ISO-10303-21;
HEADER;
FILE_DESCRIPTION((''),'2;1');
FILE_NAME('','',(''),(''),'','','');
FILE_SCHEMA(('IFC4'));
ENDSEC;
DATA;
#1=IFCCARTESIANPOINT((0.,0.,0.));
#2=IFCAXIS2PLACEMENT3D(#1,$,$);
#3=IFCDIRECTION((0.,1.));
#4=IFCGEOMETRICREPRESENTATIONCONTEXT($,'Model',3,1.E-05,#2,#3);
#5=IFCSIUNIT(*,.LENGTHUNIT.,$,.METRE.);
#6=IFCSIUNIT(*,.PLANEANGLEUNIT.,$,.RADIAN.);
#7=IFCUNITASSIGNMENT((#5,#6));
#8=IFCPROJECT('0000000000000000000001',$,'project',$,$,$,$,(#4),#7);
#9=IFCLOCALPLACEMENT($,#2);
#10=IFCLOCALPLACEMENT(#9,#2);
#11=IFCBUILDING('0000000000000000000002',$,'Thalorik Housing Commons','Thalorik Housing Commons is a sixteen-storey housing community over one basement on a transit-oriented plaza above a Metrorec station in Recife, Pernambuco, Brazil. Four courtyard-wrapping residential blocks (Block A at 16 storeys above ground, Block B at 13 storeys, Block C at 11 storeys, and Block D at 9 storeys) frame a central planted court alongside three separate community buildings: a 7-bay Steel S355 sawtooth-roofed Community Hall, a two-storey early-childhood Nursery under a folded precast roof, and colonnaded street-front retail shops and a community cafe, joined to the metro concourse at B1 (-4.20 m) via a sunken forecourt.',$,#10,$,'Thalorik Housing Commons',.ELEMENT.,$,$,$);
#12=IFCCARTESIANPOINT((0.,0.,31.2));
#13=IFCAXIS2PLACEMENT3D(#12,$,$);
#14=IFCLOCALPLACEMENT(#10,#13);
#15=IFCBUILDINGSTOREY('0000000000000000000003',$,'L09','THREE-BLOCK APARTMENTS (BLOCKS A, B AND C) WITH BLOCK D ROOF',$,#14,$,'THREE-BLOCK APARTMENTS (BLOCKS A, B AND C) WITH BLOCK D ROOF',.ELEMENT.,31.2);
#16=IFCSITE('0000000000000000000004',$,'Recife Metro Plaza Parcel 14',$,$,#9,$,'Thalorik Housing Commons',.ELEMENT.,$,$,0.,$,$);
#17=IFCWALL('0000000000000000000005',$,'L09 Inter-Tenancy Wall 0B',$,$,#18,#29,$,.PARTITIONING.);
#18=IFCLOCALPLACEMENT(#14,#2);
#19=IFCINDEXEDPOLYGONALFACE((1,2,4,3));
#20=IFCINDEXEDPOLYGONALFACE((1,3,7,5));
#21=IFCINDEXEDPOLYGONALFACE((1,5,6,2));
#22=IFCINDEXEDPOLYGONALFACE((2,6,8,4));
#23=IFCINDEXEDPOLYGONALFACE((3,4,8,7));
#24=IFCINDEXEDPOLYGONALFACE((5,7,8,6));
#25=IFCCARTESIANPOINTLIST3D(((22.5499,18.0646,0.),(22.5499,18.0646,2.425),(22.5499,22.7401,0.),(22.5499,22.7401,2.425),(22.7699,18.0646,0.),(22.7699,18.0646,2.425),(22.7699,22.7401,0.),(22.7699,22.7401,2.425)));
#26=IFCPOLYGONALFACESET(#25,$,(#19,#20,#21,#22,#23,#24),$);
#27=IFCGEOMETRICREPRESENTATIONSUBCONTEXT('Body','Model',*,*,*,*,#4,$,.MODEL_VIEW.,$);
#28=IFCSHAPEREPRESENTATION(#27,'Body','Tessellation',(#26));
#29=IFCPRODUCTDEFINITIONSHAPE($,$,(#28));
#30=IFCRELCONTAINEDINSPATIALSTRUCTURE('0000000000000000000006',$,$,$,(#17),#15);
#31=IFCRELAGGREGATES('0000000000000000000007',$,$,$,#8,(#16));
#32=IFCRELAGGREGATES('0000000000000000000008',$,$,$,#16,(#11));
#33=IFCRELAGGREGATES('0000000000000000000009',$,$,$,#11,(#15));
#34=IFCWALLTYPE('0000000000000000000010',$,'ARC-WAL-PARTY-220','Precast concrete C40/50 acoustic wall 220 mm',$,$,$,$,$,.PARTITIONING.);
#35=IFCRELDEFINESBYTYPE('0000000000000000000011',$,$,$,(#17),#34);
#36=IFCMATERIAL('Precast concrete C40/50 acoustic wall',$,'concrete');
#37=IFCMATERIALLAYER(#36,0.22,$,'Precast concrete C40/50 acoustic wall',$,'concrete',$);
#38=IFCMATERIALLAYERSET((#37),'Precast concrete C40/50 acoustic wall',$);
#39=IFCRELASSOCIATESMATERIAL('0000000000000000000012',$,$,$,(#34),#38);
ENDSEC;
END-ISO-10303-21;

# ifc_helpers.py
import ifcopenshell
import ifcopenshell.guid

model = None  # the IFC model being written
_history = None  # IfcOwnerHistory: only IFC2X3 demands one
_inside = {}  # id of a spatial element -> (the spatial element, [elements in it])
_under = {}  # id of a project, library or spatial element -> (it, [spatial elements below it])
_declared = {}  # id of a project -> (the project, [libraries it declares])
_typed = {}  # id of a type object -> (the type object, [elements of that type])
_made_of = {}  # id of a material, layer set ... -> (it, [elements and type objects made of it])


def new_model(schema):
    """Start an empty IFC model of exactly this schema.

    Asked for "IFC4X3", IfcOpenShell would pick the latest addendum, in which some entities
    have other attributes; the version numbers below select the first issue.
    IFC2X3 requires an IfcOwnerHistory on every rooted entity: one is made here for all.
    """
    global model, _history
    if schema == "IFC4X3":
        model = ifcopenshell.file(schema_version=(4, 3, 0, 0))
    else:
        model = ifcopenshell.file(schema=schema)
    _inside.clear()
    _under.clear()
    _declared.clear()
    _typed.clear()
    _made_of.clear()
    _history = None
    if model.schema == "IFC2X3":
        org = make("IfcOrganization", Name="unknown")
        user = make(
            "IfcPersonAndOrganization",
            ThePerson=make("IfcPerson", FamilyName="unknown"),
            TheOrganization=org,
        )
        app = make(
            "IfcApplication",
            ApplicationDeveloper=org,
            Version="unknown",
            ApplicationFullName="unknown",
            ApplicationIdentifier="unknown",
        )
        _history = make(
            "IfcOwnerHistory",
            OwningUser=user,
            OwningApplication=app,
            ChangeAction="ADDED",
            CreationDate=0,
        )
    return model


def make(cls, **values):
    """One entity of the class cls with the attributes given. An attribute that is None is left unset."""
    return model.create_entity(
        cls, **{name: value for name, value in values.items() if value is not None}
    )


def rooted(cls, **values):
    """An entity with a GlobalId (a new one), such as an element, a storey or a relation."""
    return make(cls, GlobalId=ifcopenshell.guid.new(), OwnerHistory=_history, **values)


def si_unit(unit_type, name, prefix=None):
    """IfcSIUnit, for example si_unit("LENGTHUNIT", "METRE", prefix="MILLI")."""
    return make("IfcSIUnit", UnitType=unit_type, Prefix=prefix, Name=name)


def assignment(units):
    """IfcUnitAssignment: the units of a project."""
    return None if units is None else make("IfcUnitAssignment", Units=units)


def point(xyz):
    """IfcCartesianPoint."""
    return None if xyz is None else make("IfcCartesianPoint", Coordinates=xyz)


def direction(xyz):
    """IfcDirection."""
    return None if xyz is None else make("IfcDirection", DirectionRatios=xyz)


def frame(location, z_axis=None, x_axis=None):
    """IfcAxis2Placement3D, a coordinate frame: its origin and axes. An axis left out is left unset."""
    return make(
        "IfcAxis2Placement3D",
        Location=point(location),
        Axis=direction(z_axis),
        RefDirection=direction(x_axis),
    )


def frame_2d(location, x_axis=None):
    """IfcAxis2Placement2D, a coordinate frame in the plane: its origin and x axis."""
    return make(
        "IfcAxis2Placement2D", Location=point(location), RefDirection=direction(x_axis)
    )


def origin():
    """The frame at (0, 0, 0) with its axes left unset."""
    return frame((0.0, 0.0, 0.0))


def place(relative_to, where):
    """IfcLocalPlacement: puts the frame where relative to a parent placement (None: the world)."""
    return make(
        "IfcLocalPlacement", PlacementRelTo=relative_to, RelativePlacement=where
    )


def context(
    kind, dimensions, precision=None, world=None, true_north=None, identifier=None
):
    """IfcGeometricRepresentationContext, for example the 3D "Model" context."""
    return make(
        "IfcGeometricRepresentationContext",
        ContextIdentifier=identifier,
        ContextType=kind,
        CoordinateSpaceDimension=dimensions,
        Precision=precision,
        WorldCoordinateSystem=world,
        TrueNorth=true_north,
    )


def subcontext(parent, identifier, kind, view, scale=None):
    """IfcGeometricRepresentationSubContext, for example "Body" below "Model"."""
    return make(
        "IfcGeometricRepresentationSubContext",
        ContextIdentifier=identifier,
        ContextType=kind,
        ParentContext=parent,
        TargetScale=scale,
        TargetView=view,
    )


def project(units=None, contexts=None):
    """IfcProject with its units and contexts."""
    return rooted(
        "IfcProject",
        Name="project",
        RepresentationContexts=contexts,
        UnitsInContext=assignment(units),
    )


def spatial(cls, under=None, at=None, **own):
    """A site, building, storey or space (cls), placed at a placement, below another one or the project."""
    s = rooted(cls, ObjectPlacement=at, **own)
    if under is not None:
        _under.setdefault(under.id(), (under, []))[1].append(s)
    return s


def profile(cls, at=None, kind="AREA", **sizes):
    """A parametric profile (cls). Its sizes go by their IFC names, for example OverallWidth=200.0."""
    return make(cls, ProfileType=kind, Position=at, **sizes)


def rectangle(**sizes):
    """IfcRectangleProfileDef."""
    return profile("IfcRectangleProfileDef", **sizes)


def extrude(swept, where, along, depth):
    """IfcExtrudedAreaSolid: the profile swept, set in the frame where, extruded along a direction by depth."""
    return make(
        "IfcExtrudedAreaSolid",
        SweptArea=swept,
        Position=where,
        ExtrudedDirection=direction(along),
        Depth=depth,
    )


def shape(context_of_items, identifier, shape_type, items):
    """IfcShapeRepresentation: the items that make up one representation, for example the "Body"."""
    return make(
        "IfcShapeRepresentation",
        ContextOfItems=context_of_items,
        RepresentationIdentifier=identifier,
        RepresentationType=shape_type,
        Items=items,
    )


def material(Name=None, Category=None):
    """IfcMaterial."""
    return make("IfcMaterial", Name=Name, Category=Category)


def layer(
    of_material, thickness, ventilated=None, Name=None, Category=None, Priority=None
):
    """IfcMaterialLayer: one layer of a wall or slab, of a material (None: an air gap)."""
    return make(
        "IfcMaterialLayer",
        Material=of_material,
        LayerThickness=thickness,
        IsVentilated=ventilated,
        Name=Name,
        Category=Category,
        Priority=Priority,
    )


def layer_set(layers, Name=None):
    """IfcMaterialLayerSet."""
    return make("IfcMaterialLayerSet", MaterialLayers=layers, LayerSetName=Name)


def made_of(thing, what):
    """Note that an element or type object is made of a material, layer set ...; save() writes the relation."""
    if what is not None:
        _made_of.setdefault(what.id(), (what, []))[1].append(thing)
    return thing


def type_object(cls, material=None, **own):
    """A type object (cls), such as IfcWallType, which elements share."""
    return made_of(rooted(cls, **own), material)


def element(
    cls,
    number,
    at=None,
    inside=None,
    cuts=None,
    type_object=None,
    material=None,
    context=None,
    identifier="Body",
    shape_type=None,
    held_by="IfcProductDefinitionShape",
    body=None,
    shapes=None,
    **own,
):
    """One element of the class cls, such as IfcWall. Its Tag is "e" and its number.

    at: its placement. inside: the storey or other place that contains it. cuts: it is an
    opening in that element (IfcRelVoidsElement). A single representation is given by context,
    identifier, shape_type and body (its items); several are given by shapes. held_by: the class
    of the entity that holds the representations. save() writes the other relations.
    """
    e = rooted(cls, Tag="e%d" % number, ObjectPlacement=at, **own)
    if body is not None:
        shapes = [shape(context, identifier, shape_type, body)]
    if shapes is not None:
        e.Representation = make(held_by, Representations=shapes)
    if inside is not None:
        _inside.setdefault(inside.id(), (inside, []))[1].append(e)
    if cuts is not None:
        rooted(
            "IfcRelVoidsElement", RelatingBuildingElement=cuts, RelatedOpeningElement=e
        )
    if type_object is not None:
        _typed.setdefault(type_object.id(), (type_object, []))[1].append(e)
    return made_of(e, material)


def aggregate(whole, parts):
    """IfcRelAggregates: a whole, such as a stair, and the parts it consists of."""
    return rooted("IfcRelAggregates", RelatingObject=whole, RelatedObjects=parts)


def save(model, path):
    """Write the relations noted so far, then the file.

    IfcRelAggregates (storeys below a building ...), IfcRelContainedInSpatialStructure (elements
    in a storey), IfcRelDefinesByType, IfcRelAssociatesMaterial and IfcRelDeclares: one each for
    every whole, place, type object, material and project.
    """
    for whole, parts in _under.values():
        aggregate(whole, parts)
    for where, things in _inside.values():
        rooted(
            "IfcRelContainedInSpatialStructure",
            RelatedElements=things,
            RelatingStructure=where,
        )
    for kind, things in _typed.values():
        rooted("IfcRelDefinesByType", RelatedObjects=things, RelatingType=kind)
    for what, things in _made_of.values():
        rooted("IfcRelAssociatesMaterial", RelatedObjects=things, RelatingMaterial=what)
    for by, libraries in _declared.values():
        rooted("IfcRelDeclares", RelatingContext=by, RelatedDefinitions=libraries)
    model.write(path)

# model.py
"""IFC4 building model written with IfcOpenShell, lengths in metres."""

from ifc_helpers import new_model, si_unit, direction, frame, frame_2d, origin, place, context, subcontext, project, spatial, rectangle, extrude, material, layer, layer_set, type_object, element, save


model = new_model("IFC4")

# Units and contexts
model_context = context("Model", 3, precision=1e-05, world=origin(), true_north=direction((0.0, 1.0)))
body_context = subcontext(model_context, "Body", "Model", "MODEL_VIEW")
ifc_project = project(units=[si_unit("LENGTHUNIT", "METRE"), si_unit("PLANEANGLEUNIT", "RADIAN")], contexts=[model_context])

# Site, building, storey
site_placement = place(None, origin())
site = spatial("IfcSite", under=ifc_project, at=site_placement, Name="Recife Metro Plaza Parcel 14", LongName="Thalorik Housing Commons", CompositionType="ELEMENT", RefElevation=0.0)
building_placement = place(site_placement, origin())
building = spatial("IfcBuilding", under=site, at=building_placement, Name="Thalorik Housing Commons", Description="Thalorik Housing Commons is a sixteen-storey housing community over one basement on a transit-oriented plaza above a Metrorec station in Recife, Pernambuco, Brazil. Four courtyard-wrapping residential blocks (Block A at 16 storeys above ground, Block B at 13 storeys, Block C at 11 storeys, and Block D at 9 storeys) frame a central planted court alongside three separate community buildings: a 7-bay Steel S355 sawtooth-roofed Community Hall, a two-storey early-childhood Nursery under a folded precast roof, and colonnaded street-front retail shops and a community cafe, joined to the metro concourse at B1 (-4.20 m) via a sunken forecourt.", LongName="Thalorik Housing Commons", CompositionType="ELEMENT")
storey_placement = place(building_placement, frame((0.0, 0.0, 31.2)))
storey = spatial("IfcBuildingStorey", under=building, at=storey_placement, Name="L09", Description="THREE-BLOCK APARTMENTS (BLOCKS A, B AND C) WITH BLOCK D ROOF", LongName="THREE-BLOCK APARTMENTS (BLOCKS A, B AND C) WITH BLOCK D ROOF", CompositionType="ELEMENT", Elevation=31.2)

# Wall
ifc_material_1 = material(Name="Precast concrete C40/50 acoustic wall", Category="concrete")
ifc_layer_1 = layer(ifc_material_1, 0.22, Name="Precast concrete C40/50 acoustic wall", Category="concrete")
ifc_layer_set_1 = layer_set([ifc_layer_1], Name="Precast concrete C40/50 acoustic wall")
wall_type_1 = type_object("IfcWallType", Name="ARC-WAL-PARTY-220", Description="Precast concrete C40/50 acoustic wall 220 mm", PredefinedType="PARTITIONING", material=ifc_layer_set_1)
wall_1_placement = place(storey_placement, frame((22.6599, 18.0645, 0.0), z_axis=(0.0, 0.0, 1.0), x_axis=(0.0, 1.0, 0.0)))
element("IfcWall", 1, at=wall_1_placement, inside=storey, type_object=wall_type_1, Name="L09 Inter-Tenancy Wall 0B", PredefinedType="PARTITIONING", context=body_context, shape_type="SweptSolid", body=[
    extrude(rectangle(XDim=4.6755, YDim=0.22, at=frame_2d((2.3379, 0.0))), origin(), (0.0, 0.0, 1.0), 2.425),
])

save(model, "model.ifc")
